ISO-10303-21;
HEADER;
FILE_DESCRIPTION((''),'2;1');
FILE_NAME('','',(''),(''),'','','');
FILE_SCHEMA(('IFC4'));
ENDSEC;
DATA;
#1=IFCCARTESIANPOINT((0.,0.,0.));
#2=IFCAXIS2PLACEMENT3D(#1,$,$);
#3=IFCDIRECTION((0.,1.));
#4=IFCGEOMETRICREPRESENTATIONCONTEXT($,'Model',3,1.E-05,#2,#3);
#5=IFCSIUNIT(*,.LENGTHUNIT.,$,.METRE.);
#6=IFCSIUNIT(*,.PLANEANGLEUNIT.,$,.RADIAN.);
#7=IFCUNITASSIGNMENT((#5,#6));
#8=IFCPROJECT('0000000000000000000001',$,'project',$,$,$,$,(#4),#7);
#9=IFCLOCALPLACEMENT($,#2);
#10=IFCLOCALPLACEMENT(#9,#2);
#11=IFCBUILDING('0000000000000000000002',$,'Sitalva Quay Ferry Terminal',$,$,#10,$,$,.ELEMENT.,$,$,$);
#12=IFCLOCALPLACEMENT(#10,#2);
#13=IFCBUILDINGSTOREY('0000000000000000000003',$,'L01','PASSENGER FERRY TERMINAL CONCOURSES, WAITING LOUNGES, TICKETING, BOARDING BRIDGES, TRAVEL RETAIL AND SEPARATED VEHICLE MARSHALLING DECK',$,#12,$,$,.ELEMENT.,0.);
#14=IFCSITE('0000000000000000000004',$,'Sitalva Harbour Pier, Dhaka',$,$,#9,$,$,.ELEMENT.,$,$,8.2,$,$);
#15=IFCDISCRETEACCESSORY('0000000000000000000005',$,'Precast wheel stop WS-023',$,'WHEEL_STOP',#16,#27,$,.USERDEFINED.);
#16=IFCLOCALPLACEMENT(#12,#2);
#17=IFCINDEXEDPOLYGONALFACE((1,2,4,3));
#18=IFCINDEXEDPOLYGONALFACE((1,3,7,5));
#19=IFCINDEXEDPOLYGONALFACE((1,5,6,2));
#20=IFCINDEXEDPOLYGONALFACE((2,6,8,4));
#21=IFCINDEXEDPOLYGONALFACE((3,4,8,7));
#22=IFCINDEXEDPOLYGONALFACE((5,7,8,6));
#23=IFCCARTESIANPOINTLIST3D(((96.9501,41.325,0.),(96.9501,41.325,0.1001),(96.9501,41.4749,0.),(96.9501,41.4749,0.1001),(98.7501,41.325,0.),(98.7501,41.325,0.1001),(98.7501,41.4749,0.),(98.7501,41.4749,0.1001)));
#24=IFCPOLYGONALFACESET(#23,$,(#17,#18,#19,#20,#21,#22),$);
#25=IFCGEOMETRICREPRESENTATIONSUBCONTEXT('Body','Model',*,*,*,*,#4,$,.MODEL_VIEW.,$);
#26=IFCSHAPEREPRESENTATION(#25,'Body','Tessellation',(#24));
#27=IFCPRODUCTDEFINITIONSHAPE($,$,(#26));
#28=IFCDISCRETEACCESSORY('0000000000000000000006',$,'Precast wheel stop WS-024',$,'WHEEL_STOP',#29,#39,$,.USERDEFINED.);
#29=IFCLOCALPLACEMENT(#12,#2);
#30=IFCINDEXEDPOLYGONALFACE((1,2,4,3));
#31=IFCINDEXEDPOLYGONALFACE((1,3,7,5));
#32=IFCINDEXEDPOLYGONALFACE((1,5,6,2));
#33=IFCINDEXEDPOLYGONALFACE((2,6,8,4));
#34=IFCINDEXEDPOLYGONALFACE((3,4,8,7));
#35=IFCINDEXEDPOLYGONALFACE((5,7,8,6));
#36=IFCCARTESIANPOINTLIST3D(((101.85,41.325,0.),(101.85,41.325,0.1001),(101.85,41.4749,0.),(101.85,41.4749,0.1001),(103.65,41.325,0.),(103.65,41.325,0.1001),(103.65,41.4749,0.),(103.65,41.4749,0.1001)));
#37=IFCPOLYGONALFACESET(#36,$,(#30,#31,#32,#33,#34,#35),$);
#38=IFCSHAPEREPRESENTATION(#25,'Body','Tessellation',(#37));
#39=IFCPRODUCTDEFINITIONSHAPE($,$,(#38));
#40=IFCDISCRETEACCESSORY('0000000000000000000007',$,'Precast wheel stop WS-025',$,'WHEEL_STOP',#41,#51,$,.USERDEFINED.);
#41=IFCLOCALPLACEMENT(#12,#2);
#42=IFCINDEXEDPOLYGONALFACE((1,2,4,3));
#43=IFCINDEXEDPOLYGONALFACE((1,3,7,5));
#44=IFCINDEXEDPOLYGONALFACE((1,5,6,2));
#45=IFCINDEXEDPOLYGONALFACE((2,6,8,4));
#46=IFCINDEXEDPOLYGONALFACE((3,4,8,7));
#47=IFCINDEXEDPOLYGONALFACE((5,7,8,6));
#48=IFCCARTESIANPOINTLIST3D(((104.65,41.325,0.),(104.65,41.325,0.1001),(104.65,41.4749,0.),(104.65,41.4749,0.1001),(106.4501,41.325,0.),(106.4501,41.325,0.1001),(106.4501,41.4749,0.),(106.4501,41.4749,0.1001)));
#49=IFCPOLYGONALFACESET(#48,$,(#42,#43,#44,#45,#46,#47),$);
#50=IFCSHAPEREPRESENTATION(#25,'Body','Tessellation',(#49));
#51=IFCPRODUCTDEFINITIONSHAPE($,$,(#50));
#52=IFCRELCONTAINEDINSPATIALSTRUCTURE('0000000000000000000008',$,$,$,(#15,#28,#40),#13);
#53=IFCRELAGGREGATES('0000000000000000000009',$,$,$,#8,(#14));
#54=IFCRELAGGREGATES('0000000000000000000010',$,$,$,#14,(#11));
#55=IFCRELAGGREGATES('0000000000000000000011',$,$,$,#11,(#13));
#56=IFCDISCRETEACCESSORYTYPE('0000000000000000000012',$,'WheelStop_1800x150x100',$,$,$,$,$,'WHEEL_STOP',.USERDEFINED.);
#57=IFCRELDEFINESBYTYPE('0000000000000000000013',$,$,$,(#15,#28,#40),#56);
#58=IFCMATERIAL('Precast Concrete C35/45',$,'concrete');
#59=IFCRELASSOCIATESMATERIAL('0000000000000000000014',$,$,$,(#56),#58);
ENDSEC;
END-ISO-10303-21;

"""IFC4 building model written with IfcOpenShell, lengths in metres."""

from ifc_helpers import new_model, si_unit, direction, frame, origin, origin_2d, place, context, subcontext, project, spatial, rectangle, extrude, material, type_object, element, save


model = new_model("IFC4")

# Units and contexts
model_context = context("Model", 3, precision=1e-05, world=origin(), true_north=direction((0.0, 1.0)))
body_context = subcontext(model_context, "Body", "Model", "MODEL_VIEW")
ifc_project = project(units=[si_unit("LENGTHUNIT", "METRE"), si_unit("PLANEANGLEUNIT", "RADIAN")], contexts=[model_context])

# Site, building, storey
site_placement = place(None, origin())
site = spatial("IfcSite", under=ifc_project, at=site_placement, Name="Sitalva Harbour Pier, Dhaka", CompositionType="ELEMENT", RefElevation=8.2)
building_placement = place(site_placement, origin())
building = spatial("IfcBuilding", under=site, at=building_placement, Name="Sitalva Quay Ferry Terminal", CompositionType="ELEMENT")
storey_placement = place(building_placement, origin())
storey = spatial("IfcBuildingStorey", under=building, at=storey_placement, Name="L01", Description="PASSENGER FERRY TERMINAL CONCOURSES, WAITING LOUNGES, TICKETING, BOARDING BRIDGES, TRAVEL RETAIL AND SEPARATED VEHICLE MARSHALLING DECK", CompositionType="ELEMENT", Elevation=0.0)

# Discrete accessories
ifc_material_1 = material(Name="Precast Concrete C35/45", Category="concrete")
discrete_accessory_type_1 = type_object("IfcDiscreteAccessoryType", Name="WheelStop_1800x150x100", ElementType="WHEEL_STOP", PredefinedType="USERDEFINED", material=ifc_material_1)
for number, where, z_axis, x_axis, name in (
    (1, (97.8501, 41.3999, 0.0), (0.0, 0.0, 1.0), (1.0, 0.0, 0.0), "Precast wheel stop WS-023"),
    (2, (102.75, 41.3999, 0.0), (0.0, 0.0, 1.0), (1.0, 0.0, 0.0), "Precast wheel stop WS-024"),
    (3, (105.55, 41.3999, 0.0), (0.0, 0.0, 1.0), (1.0, 0.0, 0.0), "Precast wheel stop WS-025"),
):
    element("IfcDiscreteAccessory", number, at=place(storey_placement, frame(where, z_axis=z_axis, x_axis=x_axis)), inside=storey, type_object=discrete_accessory_type_1, Name=name, ObjectType="WHEEL_STOP", PredefinedType="USERDEFINED", context=body_context, shape_type="SweptSolid", body=[
        extrude(rectangle(XDim=1.8, YDim=0.1499, at=origin_2d()), origin(), (0.0, 0.0, 1.0), 0.1001),
    ])

save(model, "model.ifc")
